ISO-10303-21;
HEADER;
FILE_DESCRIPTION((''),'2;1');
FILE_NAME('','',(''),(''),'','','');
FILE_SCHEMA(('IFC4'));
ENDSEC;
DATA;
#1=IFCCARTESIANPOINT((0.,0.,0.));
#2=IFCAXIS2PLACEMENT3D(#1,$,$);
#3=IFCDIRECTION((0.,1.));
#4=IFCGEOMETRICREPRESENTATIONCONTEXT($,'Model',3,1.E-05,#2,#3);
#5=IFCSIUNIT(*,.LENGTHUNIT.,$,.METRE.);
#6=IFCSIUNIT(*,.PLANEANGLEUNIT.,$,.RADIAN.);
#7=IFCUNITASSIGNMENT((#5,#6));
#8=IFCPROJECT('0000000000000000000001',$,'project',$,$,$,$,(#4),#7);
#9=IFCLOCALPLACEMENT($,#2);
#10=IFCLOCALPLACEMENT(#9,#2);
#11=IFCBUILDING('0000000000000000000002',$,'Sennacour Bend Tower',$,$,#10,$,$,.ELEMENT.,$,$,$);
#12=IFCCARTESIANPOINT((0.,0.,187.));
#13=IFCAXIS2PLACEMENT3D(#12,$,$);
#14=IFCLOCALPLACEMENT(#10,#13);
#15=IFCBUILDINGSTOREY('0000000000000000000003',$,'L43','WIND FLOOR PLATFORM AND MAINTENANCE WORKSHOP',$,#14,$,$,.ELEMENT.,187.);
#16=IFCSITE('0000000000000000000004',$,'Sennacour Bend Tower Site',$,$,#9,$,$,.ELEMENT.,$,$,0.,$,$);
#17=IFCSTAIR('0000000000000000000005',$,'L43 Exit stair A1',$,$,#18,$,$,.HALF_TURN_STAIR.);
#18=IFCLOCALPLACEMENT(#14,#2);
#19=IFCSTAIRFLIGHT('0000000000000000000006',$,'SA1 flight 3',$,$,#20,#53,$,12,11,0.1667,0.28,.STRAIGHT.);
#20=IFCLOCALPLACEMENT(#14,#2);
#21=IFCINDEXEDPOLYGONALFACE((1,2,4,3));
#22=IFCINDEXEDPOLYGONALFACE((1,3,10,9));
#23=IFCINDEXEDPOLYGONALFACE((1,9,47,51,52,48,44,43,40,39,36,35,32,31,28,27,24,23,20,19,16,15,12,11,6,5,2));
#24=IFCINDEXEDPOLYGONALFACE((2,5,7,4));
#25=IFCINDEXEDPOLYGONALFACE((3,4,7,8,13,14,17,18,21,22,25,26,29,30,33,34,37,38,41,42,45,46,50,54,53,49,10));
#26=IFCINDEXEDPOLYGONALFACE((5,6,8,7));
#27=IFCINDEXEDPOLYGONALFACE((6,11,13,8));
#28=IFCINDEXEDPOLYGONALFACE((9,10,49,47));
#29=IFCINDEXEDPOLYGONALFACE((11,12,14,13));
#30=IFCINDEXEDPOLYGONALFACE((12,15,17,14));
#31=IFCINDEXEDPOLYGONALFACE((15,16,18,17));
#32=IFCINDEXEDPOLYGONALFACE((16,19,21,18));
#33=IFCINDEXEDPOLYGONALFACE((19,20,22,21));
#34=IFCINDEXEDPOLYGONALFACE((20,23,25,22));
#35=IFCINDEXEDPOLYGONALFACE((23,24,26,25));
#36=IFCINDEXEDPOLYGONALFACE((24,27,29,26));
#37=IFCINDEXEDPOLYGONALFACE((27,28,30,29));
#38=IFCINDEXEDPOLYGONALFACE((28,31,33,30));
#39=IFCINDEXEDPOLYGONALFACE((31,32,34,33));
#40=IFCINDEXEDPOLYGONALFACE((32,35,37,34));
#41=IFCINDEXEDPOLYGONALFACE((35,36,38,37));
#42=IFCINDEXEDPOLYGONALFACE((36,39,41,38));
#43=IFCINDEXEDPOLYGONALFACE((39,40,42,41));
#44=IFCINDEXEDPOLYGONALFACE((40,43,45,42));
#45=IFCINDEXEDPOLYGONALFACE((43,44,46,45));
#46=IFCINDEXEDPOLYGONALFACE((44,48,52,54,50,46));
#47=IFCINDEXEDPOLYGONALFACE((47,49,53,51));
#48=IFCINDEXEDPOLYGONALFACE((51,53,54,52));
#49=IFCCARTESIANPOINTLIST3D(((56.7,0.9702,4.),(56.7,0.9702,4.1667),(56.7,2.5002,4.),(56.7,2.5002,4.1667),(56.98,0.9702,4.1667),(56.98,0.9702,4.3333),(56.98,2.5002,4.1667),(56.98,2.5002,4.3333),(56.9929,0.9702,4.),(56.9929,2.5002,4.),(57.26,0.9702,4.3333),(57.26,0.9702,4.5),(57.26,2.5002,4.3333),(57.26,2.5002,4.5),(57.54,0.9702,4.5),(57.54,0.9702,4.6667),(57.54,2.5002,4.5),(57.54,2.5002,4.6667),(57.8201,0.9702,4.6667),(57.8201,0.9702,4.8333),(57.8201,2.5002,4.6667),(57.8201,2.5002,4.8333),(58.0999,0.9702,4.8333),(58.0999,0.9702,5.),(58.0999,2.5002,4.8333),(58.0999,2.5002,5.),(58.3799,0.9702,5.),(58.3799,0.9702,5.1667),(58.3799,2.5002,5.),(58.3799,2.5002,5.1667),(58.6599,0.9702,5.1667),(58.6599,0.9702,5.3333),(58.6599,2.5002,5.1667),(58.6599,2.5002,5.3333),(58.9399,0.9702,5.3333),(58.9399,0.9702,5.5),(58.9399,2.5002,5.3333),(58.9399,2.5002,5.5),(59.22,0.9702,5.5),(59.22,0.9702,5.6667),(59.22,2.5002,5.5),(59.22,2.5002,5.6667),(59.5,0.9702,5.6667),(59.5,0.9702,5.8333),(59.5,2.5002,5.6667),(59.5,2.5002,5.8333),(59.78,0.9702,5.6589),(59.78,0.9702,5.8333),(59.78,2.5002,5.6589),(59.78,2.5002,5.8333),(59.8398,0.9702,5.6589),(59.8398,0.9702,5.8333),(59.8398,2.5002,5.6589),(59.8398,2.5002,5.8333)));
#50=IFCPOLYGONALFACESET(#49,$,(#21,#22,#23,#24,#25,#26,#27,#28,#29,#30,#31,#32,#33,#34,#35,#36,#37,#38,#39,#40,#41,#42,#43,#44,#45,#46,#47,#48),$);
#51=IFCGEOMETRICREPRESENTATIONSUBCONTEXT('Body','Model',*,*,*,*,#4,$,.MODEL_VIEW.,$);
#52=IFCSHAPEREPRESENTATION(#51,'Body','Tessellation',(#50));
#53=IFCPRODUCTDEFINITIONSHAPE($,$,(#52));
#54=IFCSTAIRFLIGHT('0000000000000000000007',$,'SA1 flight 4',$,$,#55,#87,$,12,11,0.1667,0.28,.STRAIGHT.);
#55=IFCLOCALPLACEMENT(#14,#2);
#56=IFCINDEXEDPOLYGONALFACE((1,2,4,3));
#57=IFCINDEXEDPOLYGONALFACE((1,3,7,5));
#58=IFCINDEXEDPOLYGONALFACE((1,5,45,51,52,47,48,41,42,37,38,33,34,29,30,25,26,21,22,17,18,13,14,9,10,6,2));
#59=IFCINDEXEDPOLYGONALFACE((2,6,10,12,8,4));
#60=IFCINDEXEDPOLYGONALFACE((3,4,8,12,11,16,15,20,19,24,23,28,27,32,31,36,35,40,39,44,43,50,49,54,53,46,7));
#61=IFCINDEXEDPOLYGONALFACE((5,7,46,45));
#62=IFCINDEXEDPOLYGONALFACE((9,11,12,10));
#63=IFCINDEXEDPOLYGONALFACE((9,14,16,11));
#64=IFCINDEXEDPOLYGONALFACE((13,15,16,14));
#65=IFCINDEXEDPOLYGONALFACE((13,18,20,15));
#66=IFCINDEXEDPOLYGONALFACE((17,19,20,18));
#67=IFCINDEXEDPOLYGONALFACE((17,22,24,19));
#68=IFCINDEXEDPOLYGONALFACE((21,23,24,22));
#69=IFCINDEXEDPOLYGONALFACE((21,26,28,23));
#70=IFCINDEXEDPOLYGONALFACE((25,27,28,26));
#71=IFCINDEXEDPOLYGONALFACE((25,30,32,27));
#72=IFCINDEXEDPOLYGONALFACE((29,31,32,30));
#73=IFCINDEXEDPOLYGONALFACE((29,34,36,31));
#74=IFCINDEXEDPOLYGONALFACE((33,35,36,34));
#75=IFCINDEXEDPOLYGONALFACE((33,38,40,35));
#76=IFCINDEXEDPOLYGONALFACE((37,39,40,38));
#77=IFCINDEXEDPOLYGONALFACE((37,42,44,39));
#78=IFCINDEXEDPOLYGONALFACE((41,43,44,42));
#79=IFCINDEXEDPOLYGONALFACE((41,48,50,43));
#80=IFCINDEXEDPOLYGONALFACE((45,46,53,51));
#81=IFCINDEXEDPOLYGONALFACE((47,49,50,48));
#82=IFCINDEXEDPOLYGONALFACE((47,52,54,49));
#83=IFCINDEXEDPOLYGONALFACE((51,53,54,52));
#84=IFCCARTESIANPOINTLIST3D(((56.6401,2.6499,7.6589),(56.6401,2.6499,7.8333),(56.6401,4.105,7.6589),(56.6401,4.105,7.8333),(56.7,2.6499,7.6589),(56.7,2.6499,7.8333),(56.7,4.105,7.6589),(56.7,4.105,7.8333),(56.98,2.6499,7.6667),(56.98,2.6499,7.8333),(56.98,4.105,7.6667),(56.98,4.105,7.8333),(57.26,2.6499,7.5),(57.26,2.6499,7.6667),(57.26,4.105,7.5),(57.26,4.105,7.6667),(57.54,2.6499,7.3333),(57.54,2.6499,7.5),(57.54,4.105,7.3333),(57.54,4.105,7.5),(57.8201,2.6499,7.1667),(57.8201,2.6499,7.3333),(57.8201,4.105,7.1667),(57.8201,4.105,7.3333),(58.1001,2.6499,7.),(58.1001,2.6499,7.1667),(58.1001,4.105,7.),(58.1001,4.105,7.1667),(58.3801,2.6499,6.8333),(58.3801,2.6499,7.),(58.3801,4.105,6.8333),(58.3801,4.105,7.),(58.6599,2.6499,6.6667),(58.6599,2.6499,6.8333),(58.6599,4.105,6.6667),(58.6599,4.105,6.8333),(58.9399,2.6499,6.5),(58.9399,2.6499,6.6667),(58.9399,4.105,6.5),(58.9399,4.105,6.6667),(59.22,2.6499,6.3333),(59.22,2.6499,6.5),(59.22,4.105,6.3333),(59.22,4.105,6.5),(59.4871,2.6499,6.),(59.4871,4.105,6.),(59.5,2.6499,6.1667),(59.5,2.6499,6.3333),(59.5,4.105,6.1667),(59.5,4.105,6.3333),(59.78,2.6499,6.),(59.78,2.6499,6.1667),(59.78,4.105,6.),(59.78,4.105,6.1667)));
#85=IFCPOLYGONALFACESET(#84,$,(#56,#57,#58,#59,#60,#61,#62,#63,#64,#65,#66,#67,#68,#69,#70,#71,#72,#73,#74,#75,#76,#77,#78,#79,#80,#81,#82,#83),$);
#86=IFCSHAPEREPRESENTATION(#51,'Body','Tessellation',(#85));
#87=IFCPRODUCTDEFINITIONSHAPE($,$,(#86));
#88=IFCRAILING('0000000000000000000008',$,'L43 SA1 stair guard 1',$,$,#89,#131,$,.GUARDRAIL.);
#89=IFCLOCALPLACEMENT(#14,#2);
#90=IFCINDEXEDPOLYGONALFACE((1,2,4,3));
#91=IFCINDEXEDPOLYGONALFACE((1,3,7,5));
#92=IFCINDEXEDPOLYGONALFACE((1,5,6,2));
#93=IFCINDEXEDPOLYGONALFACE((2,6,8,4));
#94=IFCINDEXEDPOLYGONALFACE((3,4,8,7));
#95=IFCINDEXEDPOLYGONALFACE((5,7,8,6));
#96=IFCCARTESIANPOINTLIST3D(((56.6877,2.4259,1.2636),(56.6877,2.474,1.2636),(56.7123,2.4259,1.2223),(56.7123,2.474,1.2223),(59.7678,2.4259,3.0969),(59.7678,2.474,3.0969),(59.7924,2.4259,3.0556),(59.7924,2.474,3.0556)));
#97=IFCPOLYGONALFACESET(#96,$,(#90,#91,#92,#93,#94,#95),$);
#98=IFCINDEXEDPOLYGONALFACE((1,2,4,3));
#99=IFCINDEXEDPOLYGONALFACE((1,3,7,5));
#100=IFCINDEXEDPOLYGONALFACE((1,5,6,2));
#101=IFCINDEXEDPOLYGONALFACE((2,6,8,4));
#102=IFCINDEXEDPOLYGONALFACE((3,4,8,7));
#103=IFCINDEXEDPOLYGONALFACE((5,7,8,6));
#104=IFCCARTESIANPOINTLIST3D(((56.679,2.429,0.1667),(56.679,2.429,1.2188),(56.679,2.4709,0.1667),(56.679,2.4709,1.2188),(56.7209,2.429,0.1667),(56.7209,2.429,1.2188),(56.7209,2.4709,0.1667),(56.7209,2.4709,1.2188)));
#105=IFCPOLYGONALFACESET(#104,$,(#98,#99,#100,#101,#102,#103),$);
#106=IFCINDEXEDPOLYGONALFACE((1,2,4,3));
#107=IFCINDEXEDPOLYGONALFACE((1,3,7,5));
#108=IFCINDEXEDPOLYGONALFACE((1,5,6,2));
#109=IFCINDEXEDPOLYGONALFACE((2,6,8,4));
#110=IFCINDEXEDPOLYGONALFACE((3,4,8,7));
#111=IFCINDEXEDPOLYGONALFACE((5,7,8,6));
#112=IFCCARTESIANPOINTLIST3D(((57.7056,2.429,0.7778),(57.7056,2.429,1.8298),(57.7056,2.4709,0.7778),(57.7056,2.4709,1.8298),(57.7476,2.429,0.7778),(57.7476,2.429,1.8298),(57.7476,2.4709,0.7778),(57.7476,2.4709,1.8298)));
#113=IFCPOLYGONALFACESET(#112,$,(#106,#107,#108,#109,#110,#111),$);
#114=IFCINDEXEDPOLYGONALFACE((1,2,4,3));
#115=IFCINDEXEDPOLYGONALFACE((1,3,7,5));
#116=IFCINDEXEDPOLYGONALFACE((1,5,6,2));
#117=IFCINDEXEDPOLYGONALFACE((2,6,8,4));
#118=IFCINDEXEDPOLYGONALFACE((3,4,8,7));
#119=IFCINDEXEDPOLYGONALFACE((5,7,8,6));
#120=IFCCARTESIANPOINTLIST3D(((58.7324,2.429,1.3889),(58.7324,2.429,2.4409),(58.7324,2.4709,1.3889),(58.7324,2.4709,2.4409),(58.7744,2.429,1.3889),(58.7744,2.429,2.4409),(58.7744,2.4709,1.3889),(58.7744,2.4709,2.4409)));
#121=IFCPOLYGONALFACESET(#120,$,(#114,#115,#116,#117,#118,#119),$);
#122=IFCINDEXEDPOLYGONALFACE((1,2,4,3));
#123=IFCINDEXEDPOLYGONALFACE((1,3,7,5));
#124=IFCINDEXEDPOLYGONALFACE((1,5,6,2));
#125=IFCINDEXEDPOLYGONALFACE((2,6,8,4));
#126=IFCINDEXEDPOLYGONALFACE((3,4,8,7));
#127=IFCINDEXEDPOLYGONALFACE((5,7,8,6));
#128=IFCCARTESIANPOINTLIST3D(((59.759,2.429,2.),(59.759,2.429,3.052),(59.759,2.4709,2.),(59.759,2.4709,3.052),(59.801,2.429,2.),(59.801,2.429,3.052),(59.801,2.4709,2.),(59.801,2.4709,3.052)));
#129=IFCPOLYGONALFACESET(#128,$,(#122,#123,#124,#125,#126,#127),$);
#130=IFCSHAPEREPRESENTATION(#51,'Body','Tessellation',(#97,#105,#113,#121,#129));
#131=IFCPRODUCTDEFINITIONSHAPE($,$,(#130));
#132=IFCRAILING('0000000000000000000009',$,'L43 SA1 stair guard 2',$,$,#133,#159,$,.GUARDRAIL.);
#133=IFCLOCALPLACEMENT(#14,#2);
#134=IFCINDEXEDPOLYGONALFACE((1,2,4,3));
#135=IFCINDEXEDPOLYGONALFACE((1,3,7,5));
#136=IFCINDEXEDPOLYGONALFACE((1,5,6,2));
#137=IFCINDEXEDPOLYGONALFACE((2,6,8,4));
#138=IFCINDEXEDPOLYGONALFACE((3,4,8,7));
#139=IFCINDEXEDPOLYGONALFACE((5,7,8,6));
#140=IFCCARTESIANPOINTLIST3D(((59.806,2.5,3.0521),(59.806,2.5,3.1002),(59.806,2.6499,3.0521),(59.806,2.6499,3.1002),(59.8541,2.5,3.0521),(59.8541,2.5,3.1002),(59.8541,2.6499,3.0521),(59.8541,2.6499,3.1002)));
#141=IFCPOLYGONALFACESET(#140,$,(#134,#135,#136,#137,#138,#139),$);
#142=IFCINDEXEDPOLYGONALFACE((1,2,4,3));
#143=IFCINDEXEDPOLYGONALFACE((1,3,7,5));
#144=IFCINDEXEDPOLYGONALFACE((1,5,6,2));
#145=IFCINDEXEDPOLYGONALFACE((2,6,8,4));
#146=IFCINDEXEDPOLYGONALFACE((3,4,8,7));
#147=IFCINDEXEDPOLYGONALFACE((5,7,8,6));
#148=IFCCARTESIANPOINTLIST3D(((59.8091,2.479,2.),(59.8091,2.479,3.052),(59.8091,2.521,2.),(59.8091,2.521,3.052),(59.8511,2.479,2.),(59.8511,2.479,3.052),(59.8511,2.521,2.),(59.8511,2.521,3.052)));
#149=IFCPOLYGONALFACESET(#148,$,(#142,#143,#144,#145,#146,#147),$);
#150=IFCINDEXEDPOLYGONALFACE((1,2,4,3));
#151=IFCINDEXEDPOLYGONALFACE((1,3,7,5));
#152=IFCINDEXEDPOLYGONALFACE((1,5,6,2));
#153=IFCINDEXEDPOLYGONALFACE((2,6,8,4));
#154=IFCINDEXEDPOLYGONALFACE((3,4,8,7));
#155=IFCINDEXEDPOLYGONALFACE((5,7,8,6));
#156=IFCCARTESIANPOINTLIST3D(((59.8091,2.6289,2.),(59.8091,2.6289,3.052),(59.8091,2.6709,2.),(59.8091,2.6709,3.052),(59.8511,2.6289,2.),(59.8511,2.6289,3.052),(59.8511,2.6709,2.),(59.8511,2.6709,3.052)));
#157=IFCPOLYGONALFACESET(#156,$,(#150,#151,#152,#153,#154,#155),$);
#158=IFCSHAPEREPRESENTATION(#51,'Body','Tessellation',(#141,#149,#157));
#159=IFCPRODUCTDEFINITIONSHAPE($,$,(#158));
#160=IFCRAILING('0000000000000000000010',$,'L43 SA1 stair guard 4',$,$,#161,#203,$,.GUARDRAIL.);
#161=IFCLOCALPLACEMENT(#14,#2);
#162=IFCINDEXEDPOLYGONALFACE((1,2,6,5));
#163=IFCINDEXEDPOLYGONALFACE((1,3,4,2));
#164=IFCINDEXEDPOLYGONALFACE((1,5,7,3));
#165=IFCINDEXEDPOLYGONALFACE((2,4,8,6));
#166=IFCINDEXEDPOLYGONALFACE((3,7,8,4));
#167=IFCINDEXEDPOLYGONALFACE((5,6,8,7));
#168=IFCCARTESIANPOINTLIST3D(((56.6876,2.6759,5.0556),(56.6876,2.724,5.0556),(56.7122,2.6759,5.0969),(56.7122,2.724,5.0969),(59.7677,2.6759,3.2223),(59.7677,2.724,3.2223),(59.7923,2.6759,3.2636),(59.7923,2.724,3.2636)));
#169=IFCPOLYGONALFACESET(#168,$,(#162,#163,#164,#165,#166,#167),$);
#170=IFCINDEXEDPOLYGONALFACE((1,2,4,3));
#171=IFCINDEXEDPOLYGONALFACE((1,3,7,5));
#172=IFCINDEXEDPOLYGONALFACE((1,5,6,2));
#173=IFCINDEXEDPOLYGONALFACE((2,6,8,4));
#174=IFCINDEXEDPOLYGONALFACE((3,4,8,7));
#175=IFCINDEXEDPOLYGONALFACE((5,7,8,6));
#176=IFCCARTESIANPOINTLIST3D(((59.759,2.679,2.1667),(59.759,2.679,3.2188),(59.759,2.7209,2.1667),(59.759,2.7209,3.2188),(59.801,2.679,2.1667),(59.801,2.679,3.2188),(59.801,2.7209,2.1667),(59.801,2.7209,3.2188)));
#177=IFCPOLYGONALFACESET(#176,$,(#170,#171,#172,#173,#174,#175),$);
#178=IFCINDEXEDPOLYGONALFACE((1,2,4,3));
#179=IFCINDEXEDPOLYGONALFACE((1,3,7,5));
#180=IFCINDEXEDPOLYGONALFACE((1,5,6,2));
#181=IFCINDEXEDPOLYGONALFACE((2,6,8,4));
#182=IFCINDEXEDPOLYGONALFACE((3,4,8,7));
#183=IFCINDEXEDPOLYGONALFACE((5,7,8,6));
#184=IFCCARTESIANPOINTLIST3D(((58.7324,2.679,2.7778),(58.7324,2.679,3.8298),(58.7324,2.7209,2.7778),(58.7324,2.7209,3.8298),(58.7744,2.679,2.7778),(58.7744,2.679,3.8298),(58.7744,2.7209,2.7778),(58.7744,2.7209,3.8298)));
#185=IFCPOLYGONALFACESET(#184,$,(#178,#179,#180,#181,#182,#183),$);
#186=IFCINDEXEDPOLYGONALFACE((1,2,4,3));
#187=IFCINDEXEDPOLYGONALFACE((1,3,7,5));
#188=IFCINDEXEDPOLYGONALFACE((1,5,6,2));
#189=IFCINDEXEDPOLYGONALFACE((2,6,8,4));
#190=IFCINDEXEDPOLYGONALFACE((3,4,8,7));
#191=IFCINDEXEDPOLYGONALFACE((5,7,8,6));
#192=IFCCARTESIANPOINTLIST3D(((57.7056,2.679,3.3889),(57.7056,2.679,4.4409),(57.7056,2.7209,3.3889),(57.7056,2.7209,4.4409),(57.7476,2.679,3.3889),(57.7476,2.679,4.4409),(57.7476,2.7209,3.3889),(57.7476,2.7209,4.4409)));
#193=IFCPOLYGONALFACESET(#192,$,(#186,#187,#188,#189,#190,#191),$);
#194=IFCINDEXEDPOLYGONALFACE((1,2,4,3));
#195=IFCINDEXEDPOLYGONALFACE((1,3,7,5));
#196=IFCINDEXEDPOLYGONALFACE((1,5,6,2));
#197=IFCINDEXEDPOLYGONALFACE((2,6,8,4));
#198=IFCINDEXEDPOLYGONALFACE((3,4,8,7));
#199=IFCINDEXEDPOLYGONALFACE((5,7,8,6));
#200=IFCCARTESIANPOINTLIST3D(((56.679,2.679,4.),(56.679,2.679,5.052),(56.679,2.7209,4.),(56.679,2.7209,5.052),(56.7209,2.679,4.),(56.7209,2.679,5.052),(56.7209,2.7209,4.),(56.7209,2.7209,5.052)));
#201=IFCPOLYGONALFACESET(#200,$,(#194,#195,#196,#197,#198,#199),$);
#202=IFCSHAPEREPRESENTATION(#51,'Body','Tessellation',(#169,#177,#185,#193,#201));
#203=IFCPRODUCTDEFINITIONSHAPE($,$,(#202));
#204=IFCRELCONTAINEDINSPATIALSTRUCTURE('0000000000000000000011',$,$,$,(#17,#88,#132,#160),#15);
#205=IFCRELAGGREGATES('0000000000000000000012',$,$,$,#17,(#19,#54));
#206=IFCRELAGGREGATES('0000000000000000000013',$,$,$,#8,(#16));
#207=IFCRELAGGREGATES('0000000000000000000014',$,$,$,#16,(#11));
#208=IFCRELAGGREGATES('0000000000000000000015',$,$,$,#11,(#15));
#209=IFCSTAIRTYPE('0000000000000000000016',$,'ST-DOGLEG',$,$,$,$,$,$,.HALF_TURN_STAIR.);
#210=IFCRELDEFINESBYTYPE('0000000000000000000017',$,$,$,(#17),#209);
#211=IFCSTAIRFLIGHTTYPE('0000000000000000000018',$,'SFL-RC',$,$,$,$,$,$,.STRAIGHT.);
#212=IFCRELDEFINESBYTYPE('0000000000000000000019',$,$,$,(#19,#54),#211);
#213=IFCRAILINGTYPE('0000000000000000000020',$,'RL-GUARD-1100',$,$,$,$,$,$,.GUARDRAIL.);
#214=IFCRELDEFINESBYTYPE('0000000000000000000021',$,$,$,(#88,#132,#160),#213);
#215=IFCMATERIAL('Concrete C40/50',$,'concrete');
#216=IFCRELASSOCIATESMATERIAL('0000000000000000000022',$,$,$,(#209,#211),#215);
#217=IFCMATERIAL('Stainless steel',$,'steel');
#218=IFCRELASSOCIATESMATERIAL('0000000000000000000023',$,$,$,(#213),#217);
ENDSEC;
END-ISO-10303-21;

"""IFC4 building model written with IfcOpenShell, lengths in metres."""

from ifc_helpers import new_model, si_unit, direction, frame, origin, origin_2d, place, context, subcontext, project, spatial, polyline, rectangle, outline, extrude, material, type_object, element, aggregate, save


model = new_model("IFC4")

# Units and contexts
model_context = context("Model", 3, precision=1e-05, world=origin(), true_north=direction((0.0, 1.0)))
body_context = subcontext(model_context, "Body", "Model", "MODEL_VIEW")
ifc_project = project(units=[si_unit("LENGTHUNIT", "METRE"), si_unit("PLANEANGLEUNIT", "RADIAN")], contexts=[model_context])

# Site, building, storey
site_placement = place(None, origin())
site = spatial("IfcSite", under=ifc_project, at=site_placement, Name="Sennacour Bend Tower Site", CompositionType="ELEMENT", RefElevation=0.0)
building_placement = place(site_placement, origin())
building = spatial("IfcBuilding", under=site, at=building_placement, Name="Sennacour Bend Tower", CompositionType="ELEMENT")
storey_placement = place(building_placement, frame((0.0, 0.0, 187.0)))
storey = spatial("IfcBuildingStorey", under=building, at=storey_placement, Name="L43", Description="WIND FLOOR PLATFORM AND MAINTENANCE WORKSHOP", CompositionType="ELEMENT", Elevation=187.0)

# Stair, stair flights
ifc_material_1 = material(Name="Concrete C40/50", Category="concrete")
stair_type = type_object("IfcStairType", Name="ST-DOGLEG", PredefinedType="HALF_TURN_STAIR", material=ifc_material_1)
stair_placement = place(storey_placement, origin())
stair = element("IfcStair", 1, at=stair_placement, inside=storey, type_object=stair_type, Name="L43 Exit stair A1", PredefinedType="HALF_TURN_STAIR")
stair_flight_type = type_object("IfcStairFlightType", Name="SFL-RC", PredefinedType="STRAIGHT", material=ifc_material_1)
stair_flight_1_placement = place(storey_placement, frame((56.7, 1.7351, 4.0), z_axis=(0.0, 0.0, 1.0), x_axis=(1.0, 0.0, 0.0)))
stair_flight_1 = element("IfcStairFlight", 2, at=stair_flight_1_placement, type_object=stair_flight_type, Name="SA1 flight 3", NumberOfRisers=12, NumberOfTreads=11, PredefinedType="STRAIGHT", RiserHeight=0.1667, TreadLength=0.28, context=body_context, shape_type="SweptSolid", body=[
    extrude(outline(polyline([(0.0, 0.0), (0.0, 0.1667), (0.28, 0.1667), (0.28, 0.3333), (0.5601, 0.3333), (0.5601, 0.5), (0.8401, 0.5), (0.8401, 0.6667), (1.1201, 0.6667), (1.1201, 0.8333), (1.3999, 0.8333), (1.3999, 1.0), (1.6799, 1.0), (1.6799, 1.1667), (1.96, 1.1667), (1.96, 1.3333), (2.24, 1.3333), (2.24, 1.5), (2.52, 1.5), (2.52, 1.6667), (2.8, 1.6667), (2.8, 1.8333), (3.0801, 1.8333), (3.1399, 1.8333), (3.1399, 1.6589), (3.0801, 1.6589), (0.293, 0.0), (0.0, 0.0)])), frame((0.0, 0.7651, 0.0), z_axis=(0.0, -1.0, 0.0), x_axis=(1.0, 0.0, 0.0)), (0.0, 0.0, 1.0), 1.53),
])
stair_flight_2_placement = place(storey_placement, frame((59.78, 3.3774, 6.0), z_axis=(0.0, 0.0, 1.0), x_axis=(-1.0, 0.0, 0.0)))
stair_flight_2 = element("IfcStairFlight", 3, at=stair_flight_2_placement, type_object=stair_flight_type, Name="SA1 flight 4", NumberOfRisers=12, NumberOfTreads=11, PredefinedType="STRAIGHT", RiserHeight=0.1667, TreadLength=0.28, context=body_context, shape_type="SweptSolid", body=[
    extrude(outline(polyline([(0.0, 0.0), (0.0, 0.1667), (0.28, 0.1667), (0.28, 0.3333), (0.5601, 0.3333), (0.5601, 0.5), (0.8401, 0.5), (0.8401, 0.6667), (1.1201, 0.6667), (1.1201, 0.8333), (1.3999, 0.8333), (1.3999, 1.0), (1.6799, 1.0), (1.6799, 1.1667), (1.96, 1.1667), (1.96, 1.3333), (2.24, 1.3333), (2.24, 1.5), (2.52, 1.5), (2.52, 1.6667), (2.8, 1.6667), (2.8, 1.8333), (3.0801, 1.8333), (3.1399, 1.8333), (3.1399, 1.6589), (3.0801, 1.6589), (0.293, 0.0), (0.0, 0.0)])), frame((0.0, 0.7275, 0.0), z_axis=(0.0, -1.0, 0.0), x_axis=(1.0, 0.0, 0.0)), (0.0, 0.0, 1.0), 1.4551),
])
aggregate(stair, [stair_flight_1, stair_flight_2])

# Railings
ifc_material_2 = material(Name="Stainless steel", Category="steel")
railing_type_1 = type_object("IfcRailingType", Name="RL-GUARD-1100", PredefinedType="GUARDRAIL", material=ifc_material_2)
railing_1_placement = place(storey_placement, frame((56.7, 2.45, 0.1667)))
element("IfcRailing", 4, at=railing_1_placement, inside=storey, type_object=railing_type_1, Name="L43 SA1 stair guard 1", PredefinedType="GUARDRAIL", context=body_context, shape_type="SweptSolid", body=[
    extrude(rectangle(XDim=0.0481, YDim=0.0481, at=origin_2d()), frame((0.0, 0.0, 1.0762), z_axis=(0.859309, 0.0, 0.511458), x_axis=(0.0, 1.0, 0.0)), (0.0, 0.0, 1.0), 3.5845),
    extrude(rectangle(XDim=0.042, YDim=0.042, at=origin_2d()), origin(), (0.0, 0.0, 1.0), 1.052),
    extrude(rectangle(XDim=0.042, YDim=0.042, at=origin_2d()), frame((1.0266, 0.0, 0.6111)), (0.0, 0.0, 1.0), 1.052),
    extrude(rectangle(XDim=0.042, YDim=0.042, at=origin_2d()), frame((2.0535, 0.0, 1.2222)), (0.0, 0.0, 1.0), 1.052),
    extrude(rectangle(XDim=0.042, YDim=0.042, at=origin_2d()), frame((3.0801, 0.0, 1.8333)), (0.0, 0.0, 1.0), 1.052),
])
railing_2_placement = place(storey_placement, frame((59.8301, 2.5, 2.0)))
element("IfcRailing", 5, at=railing_2_placement, inside=storey, type_object=railing_type_1, Name="L43 SA1 stair guard 2", PredefinedType="GUARDRAIL", context=body_context, shape_type="SweptSolid", body=[
    extrude(rectangle(XDim=0.0481, YDim=0.0481, at=origin_2d()), frame((0.0, 0.0, 1.0762), z_axis=(0.0, 1.0, 0.0), x_axis=(-1.0, 0.0, 0.0)), (0.0, 0.0, 1.0), 0.1499),
    extrude(rectangle(XDim=0.042, YDim=0.042, at=origin_2d()), origin(), (0.0, 0.0, 1.0), 1.052),
    extrude(rectangle(XDim=0.042, YDim=0.042, at=origin_2d()), frame((0.0, 0.1499, 0.0)), (0.0, 0.0, 1.0), 1.052),
])
railing_3_placement = place(storey_placement, frame((59.78, 2.7, 2.1667)))
element("IfcRailing", 6, at=railing_3_placement, inside=storey, type_object=railing_type_1, Name="L43 SA1 stair guard 4", PredefinedType="GUARDRAIL", context=body_context, shape_type="SweptSolid", body=[
    extrude(rectangle(XDim=0.0481, YDim=0.0481, at=origin_2d()), frame((0.0, 0.0, 1.0762), z_axis=(-0.859309, 0.0, 0.511458), x_axis=(0.0, -1.0, 0.0)), (0.0, 0.0, 1.0), 3.5845),
    extrude(rectangle(XDim=0.042, YDim=0.042, at=origin_2d()), origin(), (0.0, 0.0, 1.0), 1.052),
    extrude(rectangle(XDim=0.042, YDim=0.042, at=origin_2d()), frame((-1.0266, 0.0, 0.6111)), (0.0, 0.0, 1.0), 1.052),
    extrude(rectangle(XDim=0.042, YDim=0.042, at=origin_2d()), frame((-2.0535, 0.0, 1.2222)), (0.0, 0.0, 1.0), 1.052),
    extrude(rectangle(XDim=0.042, YDim=0.042, at=origin_2d()), frame((-3.0801, 0.0, 1.8333)), (0.0, 0.0, 1.0), 1.052),
])

save(model, "model.ifc")
